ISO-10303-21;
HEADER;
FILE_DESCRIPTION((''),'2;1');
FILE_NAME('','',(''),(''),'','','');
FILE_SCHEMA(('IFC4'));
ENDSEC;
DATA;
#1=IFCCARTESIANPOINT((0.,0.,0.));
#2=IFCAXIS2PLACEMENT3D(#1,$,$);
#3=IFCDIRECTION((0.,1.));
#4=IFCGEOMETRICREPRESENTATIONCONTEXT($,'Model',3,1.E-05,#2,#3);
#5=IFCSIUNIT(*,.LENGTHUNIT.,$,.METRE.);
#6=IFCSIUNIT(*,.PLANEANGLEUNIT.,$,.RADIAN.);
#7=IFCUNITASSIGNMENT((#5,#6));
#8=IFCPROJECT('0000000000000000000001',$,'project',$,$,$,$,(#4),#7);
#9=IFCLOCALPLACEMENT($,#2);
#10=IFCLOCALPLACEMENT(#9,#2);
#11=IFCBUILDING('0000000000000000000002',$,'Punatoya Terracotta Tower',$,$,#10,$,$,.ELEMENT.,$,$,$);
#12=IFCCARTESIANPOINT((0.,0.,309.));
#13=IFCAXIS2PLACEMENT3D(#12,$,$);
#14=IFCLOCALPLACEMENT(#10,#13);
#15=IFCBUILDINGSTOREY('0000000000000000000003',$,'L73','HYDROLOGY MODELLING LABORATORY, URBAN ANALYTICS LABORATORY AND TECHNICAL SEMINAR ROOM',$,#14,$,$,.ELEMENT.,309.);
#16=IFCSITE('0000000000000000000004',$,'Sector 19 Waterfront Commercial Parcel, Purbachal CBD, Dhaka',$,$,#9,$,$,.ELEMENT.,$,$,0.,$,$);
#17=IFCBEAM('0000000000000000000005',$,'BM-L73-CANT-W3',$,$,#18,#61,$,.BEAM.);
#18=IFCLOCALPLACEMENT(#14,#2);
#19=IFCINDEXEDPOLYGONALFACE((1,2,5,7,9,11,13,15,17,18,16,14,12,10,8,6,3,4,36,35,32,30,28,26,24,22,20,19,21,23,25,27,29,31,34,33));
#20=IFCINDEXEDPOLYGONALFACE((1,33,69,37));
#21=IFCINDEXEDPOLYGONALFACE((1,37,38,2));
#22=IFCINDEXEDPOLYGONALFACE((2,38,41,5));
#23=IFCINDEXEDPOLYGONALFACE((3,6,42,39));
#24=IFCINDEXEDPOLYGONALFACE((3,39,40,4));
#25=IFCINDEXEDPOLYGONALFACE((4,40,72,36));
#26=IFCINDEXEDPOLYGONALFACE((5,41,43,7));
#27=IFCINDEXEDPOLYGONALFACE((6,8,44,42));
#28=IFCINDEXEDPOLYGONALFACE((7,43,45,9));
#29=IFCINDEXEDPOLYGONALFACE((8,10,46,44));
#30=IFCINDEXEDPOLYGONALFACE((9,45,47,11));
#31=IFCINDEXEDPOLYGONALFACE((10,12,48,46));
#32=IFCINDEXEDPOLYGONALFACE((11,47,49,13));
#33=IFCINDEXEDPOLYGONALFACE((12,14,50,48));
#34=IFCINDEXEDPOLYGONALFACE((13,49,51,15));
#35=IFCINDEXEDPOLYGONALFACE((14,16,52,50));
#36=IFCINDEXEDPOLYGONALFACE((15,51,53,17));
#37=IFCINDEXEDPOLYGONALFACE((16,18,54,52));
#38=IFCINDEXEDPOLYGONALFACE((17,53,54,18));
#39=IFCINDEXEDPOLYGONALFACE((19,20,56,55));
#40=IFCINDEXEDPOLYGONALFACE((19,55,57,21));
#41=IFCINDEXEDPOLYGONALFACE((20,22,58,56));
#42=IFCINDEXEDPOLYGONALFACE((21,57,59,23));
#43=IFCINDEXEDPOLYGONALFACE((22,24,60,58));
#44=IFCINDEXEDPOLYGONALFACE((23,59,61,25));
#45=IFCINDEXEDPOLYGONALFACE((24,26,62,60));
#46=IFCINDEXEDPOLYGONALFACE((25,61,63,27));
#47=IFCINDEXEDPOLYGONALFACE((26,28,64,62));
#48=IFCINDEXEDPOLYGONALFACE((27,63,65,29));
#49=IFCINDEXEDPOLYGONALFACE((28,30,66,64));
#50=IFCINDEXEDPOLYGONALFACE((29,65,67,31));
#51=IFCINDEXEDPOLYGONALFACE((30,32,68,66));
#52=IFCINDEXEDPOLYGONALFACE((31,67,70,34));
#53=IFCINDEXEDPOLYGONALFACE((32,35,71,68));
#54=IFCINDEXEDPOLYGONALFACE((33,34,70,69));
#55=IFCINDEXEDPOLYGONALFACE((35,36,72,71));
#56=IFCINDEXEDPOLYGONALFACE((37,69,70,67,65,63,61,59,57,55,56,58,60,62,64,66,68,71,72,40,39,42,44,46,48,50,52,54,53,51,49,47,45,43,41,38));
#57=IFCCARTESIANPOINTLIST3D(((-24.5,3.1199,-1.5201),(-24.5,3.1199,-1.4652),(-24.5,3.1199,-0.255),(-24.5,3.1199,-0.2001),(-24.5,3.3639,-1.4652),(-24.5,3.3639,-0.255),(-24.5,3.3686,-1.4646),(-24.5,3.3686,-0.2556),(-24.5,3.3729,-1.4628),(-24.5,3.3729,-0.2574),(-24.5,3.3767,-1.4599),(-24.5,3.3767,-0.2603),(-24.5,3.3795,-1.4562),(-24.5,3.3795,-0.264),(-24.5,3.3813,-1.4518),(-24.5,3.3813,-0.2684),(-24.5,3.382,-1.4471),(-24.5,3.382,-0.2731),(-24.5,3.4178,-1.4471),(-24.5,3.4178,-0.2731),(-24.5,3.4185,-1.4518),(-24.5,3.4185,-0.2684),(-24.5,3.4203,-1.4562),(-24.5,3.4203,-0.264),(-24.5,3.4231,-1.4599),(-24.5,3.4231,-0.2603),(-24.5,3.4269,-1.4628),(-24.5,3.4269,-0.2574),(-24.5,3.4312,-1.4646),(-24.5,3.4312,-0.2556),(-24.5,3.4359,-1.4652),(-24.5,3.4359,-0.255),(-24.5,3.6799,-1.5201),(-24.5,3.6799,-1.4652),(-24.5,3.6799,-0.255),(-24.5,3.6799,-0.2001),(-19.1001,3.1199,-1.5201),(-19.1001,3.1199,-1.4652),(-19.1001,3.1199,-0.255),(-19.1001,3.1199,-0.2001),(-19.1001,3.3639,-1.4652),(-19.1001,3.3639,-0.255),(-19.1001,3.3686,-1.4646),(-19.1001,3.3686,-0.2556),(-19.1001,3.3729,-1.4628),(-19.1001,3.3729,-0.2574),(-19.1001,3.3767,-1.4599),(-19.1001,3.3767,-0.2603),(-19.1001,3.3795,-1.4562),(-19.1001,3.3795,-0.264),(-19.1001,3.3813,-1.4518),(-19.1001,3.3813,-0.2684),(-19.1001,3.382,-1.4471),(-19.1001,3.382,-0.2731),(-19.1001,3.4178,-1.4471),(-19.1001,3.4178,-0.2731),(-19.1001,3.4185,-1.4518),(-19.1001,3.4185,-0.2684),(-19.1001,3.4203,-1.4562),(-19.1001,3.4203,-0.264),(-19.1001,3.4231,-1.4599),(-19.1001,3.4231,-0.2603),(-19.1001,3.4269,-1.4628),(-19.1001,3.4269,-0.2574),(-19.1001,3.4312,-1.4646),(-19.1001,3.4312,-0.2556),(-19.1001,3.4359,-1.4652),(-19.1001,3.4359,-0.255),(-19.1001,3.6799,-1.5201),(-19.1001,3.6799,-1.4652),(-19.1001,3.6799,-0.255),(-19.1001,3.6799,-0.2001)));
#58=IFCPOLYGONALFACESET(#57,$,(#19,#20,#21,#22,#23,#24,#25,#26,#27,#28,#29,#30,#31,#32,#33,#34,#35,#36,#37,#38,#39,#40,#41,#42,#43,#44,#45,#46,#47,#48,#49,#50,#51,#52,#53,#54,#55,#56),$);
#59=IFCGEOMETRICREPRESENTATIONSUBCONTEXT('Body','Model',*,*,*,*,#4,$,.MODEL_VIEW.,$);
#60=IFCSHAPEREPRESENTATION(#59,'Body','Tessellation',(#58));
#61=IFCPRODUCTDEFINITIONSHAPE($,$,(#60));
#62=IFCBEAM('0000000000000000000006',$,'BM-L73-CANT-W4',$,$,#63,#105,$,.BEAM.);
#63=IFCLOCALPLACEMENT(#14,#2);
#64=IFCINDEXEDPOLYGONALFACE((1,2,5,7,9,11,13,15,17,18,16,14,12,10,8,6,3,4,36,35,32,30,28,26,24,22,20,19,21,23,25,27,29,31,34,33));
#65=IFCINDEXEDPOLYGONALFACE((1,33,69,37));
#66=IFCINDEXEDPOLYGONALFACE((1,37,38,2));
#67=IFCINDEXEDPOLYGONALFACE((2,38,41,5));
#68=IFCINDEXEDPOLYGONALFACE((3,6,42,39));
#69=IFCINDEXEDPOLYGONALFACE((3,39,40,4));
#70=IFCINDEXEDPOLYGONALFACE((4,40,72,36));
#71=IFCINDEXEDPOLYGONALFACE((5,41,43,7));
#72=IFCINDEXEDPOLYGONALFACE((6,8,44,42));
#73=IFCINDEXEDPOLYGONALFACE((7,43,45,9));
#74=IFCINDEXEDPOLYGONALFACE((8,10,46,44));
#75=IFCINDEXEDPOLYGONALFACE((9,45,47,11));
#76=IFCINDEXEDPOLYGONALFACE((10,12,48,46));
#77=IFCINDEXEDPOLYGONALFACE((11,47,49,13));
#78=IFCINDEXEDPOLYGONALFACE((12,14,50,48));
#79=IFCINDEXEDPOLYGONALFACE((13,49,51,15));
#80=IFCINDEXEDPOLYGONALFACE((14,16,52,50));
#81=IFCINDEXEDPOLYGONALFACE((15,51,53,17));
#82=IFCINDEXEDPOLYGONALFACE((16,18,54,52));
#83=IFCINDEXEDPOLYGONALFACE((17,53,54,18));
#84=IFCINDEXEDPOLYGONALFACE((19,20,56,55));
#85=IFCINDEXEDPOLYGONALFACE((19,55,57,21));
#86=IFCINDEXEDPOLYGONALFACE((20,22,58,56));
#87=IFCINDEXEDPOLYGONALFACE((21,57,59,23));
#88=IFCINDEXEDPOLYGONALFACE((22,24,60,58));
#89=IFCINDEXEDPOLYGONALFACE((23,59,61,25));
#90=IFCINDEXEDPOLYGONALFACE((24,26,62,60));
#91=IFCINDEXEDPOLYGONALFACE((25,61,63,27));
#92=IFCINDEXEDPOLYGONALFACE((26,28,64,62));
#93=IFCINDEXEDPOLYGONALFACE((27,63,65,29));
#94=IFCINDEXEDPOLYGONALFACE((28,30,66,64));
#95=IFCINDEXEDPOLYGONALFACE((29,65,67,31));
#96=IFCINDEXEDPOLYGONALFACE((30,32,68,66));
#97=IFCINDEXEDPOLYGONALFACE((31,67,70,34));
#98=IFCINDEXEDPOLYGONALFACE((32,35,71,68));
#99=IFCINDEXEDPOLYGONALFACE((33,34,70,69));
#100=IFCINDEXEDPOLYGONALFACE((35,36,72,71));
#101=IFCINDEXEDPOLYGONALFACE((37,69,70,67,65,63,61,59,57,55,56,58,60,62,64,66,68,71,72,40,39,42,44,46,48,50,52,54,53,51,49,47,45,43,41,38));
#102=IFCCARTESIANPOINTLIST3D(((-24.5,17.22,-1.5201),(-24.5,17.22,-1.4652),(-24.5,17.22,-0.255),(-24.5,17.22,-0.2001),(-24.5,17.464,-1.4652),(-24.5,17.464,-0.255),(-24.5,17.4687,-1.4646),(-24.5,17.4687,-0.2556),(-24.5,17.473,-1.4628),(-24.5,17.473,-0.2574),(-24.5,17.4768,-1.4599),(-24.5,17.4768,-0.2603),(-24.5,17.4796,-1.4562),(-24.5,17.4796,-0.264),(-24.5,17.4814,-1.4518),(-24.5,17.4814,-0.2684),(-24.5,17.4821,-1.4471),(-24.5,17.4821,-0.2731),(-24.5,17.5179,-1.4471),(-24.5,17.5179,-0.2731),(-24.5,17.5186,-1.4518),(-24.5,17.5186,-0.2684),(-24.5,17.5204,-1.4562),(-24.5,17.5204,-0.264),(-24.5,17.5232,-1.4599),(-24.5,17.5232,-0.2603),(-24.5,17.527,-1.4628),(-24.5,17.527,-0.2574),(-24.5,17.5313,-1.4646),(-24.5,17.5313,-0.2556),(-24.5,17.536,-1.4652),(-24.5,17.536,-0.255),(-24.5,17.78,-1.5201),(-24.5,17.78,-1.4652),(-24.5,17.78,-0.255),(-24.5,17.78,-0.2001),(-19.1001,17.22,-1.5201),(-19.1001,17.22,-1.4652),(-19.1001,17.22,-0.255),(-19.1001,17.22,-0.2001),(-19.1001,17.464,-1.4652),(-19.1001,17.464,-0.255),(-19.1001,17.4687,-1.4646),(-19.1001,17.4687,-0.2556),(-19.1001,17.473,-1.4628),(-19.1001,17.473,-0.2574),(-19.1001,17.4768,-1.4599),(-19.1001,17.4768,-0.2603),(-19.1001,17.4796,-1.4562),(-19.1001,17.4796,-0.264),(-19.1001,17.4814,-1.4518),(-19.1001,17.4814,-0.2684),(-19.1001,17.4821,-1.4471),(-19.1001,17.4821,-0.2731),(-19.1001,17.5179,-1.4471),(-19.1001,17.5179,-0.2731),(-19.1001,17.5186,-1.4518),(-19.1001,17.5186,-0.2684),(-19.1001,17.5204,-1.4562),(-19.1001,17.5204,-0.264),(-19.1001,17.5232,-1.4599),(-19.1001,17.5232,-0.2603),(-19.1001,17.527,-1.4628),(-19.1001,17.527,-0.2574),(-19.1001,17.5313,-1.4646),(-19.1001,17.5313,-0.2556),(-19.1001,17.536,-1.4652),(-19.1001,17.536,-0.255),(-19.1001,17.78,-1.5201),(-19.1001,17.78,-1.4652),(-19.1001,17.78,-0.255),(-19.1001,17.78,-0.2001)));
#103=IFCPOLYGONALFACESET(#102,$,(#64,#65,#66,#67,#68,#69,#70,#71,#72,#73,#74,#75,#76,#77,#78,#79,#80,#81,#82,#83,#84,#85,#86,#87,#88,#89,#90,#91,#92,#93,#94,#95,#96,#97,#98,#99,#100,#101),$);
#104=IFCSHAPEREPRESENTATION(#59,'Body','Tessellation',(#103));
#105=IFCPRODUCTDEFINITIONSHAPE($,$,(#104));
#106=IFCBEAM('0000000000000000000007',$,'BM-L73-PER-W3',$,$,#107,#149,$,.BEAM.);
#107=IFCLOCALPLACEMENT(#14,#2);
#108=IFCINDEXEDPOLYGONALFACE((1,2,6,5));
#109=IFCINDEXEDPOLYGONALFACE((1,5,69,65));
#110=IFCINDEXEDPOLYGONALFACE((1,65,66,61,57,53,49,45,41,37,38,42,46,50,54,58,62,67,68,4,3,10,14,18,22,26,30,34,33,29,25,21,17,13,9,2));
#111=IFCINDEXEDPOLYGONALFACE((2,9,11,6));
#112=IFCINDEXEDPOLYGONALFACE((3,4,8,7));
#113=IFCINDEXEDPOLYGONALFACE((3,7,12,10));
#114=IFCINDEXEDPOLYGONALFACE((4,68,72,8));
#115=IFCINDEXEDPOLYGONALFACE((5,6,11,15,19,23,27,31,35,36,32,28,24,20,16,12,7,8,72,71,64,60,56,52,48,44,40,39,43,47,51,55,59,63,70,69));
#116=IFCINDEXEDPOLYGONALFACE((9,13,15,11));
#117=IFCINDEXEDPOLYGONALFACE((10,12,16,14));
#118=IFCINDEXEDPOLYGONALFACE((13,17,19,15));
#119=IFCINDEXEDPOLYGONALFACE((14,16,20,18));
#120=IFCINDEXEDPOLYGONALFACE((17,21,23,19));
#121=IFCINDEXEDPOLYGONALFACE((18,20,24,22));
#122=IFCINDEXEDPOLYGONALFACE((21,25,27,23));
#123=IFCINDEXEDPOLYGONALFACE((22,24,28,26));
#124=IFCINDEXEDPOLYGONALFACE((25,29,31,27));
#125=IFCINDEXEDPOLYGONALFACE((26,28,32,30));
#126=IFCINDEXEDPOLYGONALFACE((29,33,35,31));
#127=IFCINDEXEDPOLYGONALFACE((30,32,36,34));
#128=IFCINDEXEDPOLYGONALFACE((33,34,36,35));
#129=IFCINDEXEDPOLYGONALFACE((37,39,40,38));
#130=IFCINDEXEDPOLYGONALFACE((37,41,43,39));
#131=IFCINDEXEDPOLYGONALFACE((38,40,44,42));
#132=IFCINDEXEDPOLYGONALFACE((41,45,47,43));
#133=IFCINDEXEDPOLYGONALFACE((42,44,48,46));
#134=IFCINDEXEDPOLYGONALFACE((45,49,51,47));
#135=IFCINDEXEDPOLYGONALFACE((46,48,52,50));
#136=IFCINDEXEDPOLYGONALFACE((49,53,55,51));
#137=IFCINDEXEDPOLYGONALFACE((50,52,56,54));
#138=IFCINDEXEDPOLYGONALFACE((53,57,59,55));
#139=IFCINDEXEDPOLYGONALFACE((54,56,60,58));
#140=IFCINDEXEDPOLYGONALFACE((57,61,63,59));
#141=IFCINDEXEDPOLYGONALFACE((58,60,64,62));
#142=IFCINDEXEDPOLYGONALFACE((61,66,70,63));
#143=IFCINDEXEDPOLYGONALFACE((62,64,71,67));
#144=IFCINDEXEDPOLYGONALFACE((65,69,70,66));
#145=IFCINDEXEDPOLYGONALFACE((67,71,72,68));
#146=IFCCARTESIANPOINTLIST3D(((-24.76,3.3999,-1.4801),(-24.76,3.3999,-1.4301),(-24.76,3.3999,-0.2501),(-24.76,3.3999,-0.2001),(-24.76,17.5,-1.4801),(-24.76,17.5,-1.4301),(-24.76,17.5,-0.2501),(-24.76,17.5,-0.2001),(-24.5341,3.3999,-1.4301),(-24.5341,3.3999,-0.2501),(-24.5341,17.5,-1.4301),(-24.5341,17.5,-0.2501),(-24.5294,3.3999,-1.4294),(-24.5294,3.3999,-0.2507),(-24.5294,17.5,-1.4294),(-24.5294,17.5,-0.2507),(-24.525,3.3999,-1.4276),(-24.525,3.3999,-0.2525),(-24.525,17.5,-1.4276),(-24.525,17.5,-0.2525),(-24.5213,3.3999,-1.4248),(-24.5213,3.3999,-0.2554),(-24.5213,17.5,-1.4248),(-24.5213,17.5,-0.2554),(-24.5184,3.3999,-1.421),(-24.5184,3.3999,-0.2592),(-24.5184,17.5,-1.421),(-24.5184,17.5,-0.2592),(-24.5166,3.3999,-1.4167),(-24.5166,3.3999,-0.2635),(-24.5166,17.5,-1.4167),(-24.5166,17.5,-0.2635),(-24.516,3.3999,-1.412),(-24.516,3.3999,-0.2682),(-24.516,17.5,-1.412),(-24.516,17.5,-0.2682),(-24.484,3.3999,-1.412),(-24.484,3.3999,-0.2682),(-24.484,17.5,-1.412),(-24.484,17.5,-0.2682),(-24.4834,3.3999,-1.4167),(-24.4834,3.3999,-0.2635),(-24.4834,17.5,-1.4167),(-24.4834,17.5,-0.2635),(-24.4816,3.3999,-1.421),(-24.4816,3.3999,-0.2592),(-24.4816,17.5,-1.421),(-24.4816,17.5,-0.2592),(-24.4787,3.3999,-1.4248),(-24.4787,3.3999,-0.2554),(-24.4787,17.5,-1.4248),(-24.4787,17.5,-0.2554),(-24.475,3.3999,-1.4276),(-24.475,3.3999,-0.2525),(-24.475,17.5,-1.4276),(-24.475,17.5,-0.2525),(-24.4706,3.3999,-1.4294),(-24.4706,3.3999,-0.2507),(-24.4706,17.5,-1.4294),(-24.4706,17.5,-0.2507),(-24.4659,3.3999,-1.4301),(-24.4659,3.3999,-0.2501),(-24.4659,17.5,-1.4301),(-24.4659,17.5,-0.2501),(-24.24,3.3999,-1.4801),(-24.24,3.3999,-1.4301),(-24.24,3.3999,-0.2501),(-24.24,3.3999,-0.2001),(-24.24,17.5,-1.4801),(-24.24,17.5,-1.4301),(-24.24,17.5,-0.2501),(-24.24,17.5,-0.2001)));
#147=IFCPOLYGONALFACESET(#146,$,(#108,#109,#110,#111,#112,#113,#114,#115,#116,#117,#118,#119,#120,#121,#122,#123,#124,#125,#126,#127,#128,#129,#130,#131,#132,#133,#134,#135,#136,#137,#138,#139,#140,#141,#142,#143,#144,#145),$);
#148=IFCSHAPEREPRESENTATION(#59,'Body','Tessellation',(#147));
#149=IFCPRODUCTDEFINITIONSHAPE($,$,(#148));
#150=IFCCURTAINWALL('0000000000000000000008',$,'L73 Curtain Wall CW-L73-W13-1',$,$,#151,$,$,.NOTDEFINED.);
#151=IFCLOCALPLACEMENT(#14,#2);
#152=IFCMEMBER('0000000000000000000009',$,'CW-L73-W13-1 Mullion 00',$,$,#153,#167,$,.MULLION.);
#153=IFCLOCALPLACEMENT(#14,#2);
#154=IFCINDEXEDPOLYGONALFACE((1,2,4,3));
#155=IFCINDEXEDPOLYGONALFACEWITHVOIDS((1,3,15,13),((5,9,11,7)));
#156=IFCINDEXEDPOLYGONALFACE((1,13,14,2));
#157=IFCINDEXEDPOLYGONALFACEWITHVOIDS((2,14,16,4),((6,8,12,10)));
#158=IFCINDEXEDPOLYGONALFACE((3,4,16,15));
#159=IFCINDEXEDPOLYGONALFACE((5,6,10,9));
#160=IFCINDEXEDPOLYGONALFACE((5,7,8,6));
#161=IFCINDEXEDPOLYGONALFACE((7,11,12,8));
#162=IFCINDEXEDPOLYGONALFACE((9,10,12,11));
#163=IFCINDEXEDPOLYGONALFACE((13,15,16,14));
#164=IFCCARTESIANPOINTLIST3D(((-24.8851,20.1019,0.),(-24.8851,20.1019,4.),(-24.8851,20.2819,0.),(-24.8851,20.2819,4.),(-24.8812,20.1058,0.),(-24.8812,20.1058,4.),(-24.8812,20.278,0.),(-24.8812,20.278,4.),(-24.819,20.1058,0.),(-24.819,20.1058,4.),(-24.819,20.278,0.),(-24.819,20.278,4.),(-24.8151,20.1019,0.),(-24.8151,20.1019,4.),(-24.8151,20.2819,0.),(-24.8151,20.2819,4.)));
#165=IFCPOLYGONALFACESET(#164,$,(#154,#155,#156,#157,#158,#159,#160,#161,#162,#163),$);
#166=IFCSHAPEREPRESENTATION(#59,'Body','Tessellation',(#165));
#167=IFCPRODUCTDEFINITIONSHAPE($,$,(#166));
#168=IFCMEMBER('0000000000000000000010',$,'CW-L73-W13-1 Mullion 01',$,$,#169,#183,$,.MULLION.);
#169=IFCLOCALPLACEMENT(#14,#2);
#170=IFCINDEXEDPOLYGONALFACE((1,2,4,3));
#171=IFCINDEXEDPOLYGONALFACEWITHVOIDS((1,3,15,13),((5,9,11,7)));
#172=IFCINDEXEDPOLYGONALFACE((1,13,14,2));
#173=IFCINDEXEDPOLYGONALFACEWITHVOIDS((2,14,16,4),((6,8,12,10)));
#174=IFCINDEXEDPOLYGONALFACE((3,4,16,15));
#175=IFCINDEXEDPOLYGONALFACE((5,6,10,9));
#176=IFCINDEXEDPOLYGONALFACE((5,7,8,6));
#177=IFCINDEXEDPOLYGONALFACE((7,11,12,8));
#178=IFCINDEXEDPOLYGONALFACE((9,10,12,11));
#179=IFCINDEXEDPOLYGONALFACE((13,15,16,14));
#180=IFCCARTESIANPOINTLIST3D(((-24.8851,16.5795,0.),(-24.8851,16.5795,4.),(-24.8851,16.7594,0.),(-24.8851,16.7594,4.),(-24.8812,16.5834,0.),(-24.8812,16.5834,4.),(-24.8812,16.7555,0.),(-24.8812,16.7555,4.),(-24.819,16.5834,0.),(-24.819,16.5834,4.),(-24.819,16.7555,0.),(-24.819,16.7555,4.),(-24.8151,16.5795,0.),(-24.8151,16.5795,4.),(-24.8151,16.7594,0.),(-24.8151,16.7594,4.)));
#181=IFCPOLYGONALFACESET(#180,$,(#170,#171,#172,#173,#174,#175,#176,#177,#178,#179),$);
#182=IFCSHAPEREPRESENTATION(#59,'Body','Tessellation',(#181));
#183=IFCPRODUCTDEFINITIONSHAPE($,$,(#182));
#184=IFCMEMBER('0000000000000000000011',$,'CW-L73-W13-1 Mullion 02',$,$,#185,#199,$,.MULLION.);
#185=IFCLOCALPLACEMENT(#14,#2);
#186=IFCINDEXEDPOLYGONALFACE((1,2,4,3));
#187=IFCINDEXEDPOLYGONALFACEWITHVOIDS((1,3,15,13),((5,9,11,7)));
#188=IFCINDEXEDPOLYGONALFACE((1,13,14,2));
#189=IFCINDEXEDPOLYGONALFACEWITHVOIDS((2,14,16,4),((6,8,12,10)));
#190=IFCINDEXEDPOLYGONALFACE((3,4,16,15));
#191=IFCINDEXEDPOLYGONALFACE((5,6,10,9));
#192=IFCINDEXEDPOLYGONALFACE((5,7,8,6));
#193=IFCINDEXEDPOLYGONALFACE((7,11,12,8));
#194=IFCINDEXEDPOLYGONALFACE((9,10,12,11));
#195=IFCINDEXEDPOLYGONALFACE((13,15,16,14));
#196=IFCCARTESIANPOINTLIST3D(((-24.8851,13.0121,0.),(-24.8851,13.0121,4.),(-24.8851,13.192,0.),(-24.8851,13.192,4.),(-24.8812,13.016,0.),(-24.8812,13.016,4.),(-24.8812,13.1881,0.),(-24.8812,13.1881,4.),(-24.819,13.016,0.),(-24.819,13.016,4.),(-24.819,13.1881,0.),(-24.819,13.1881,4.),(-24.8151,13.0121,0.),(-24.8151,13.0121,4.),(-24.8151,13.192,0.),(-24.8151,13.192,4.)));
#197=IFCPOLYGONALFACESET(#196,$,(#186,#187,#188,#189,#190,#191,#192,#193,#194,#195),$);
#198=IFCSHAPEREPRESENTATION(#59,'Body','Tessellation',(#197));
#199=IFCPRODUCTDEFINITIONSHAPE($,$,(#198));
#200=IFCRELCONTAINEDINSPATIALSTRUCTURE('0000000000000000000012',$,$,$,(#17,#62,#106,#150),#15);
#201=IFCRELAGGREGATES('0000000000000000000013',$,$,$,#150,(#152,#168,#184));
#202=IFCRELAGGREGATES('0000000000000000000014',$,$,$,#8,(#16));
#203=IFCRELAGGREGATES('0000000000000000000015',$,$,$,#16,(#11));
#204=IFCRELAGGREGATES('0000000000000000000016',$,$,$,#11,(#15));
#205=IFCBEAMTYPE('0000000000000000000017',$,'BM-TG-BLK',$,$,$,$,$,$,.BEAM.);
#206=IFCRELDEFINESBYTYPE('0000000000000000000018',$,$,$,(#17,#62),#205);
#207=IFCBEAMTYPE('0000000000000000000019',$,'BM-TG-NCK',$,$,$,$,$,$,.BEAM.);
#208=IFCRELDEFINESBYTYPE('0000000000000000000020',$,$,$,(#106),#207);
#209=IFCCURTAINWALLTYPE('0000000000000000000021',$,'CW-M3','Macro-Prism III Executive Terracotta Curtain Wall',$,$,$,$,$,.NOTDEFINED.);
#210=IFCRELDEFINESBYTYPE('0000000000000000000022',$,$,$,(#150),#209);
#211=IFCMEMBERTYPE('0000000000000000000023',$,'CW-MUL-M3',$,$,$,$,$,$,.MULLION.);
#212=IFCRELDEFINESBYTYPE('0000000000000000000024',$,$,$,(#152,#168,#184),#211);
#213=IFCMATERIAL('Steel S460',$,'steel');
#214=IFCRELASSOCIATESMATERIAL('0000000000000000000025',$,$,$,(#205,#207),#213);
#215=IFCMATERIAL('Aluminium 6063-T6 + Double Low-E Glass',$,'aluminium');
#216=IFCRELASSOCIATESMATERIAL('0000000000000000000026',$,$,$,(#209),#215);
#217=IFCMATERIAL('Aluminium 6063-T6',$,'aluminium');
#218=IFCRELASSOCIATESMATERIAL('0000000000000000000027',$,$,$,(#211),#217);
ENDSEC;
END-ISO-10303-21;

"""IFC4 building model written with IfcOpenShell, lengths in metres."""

from ifc_helpers import new_model, si_unit, direction, frame, origin, origin_2d, place, context, subcontext, project, spatial, hollow_rectangle, i_section, extrude, material, material_profile, profile_set, type_object, element, aggregate, save


model = new_model("IFC4")

# Units and contexts
model_context = context("Model", 3, precision=1e-05, world=origin(), true_north=direction((0.0, 1.0)))
body_context = subcontext(model_context, "Body", "Model", "MODEL_VIEW")
ifc_project = project(units=[si_unit("LENGTHUNIT", "METRE"), si_unit("PLANEANGLEUNIT", "RADIAN")], contexts=[model_context])

# Site, building, storey
site_placement = place(None, origin())
site = spatial("IfcSite", under=ifc_project, at=site_placement, Name="Sector 19 Waterfront Commercial Parcel, Purbachal CBD, Dhaka", CompositionType="ELEMENT", RefElevation=0.0)
building_placement = place(site_placement, origin())
building = spatial("IfcBuilding", under=site, at=building_placement, Name="Punatoya Terracotta Tower", CompositionType="ELEMENT")
storey_placement = place(building_placement, frame((0.0, 0.0, 309.0)))
storey = spatial("IfcBuildingStorey", under=building, at=storey_placement, Name="L73", Description="HYDROLOGY MODELLING LABORATORY, URBAN ANALYTICS LABORATORY AND TECHNICAL SEMINAR ROOM", CompositionType="ELEMENT", Elevation=309.0)

# Shared definitions
ifc_material_1 = material(Name="Steel S460", Category="steel")

# Beams
ifc_material_profile_1 = material_profile(ifc_material_1, i_section(OverallWidth=0.5601, OverallDepth=1.3201, WebThickness=0.0359, FlangeThickness=0.0549, FilletRadius=0.0181, at=origin_2d()))
ifc_profile_set_1 = profile_set([ifc_material_profile_1], Name="Steel S460")
beam_type_1 = type_object("IfcBeamType", Name="BM-TG-BLK", PredefinedType="BEAM", material=ifc_profile_set_1)
for number, where, z_axis, x_axis, name in (
    (1, (-24.5, 3.3999, -0.8601), (1.0, 0.0, 0.0), (0.0, 1.0, 0.0), "BM-L73-CANT-W3"),
    (2, (-24.5, 17.5, -0.8601), (1.0, 0.0, 0.0), (0.0, 1.0, 0.0), "BM-L73-CANT-W4"),
):
    element("IfcBeam", number, at=place(storey_placement, frame(where, z_axis=z_axis, x_axis=x_axis)), inside=storey, type_object=beam_type_1, Name=name, PredefinedType="BEAM", context=body_context, shape_type="SweptSolid", body=[
        extrude(i_section(OverallWidth=0.5601, OverallDepth=1.3201, WebThickness=0.0359, FlangeThickness=0.0549, FilletRadius=0.0181, at=origin_2d()), origin(), (0.0, 0.0, 1.0), 5.3999),
    ])
ifc_material_profile_2 = material_profile(ifc_material_1, i_section(OverallWidth=0.52, OverallDepth=1.28, WebThickness=0.032, FlangeThickness=0.05, FilletRadius=0.0181, at=origin_2d()))
ifc_profile_set_2 = profile_set([ifc_material_profile_2], Name="Steel S460")
beam_type_2 = type_object("IfcBeamType", Name="BM-TG-NCK", PredefinedType="BEAM", material=ifc_profile_set_2)
beam_1_placement = place(storey_placement, frame((-24.5, 3.3999, -0.8401), z_axis=(0.0, 1.0, 0.0), x_axis=(-1.0, 0.0, 0.0)))
element("IfcBeam", 3, at=beam_1_placement, inside=storey, type_object=beam_type_2, Name="BM-L73-PER-W3", PredefinedType="BEAM", context=body_context, shape_type="SweptSolid", body=[
    extrude(i_section(OverallWidth=0.52, OverallDepth=1.28, WebThickness=0.032, FlangeThickness=0.05, FilletRadius=0.0181, at=origin_2d()), origin(), (0.0, 0.0, 1.0), 14.1001),
])

# Curtain wall, members
ifc_material_2 = material(Name="Aluminium 6063-T6 + Double Low-E Glass", Category="aluminium")
curtain_wall_type = type_object("IfcCurtainWallType", Name="CW-M3", Description="Macro-Prism III Executive Terracotta Curtain Wall", PredefinedType="NOTDEFINED", material=ifc_material_2)
curtain_wall_placement = place(storey_placement, origin())
curtain_wall = element("IfcCurtainWall", 4, at=curtain_wall_placement, inside=storey, type_object=curtain_wall_type, Name="L73 Curtain Wall CW-L73-W13-1", PredefinedType="NOTDEFINED")
ifc_material_3 = material(Name="Aluminium 6063-T6", Category="aluminium")
ifc_material_profile_3 = material_profile(ifc_material_3, hollow_rectangle(XDim=0.0701, YDim=0.1799, WallThickness=0.0039, at=origin_2d()))
ifc_profile_set_3 = profile_set([ifc_material_profile_3], Name="Aluminium 6063-T6")
member_type_1 = type_object("IfcMemberType", Name="CW-MUL-M3", PredefinedType="MULLION", material=ifc_profile_set_3)
member_1_placement = place(storey_placement, frame((-24.8501, 20.1919, 0.0), z_axis=(0.0, 0.0, 1.0), x_axis=(1.0, 0.0, 0.0)))
member_1 = element("IfcMember", 5, at=member_1_placement, type_object=member_type_1, Name="CW-L73-W13-1 Mullion 00", PredefinedType="MULLION", context=body_context, shape_type="SweptSolid", body=[
    extrude(hollow_rectangle(XDim=0.0701, YDim=0.1799, WallThickness=0.0039, at=origin_2d()), origin(), (0.0, 0.0, 1.0), 4.0),
])
member_2_placement = place(storey_placement, frame((-24.8501, 16.6694, 0.0), z_axis=(0.0, 0.0, 1.0), x_axis=(1.0, 0.0, 0.0)))
member_2 = element("IfcMember", 6, at=member_2_placement, type_object=member_type_1, Name="CW-L73-W13-1 Mullion 01", PredefinedType="MULLION", context=body_context, shape_type="SweptSolid", body=[
    extrude(hollow_rectangle(XDim=0.0701, YDim=0.1799, WallThickness=0.0039, at=origin_2d()), origin(), (0.0, 0.0, 1.0), 4.0),
])
member_3_placement = place(storey_placement, frame((-24.8501, 13.1021, 0.0), z_axis=(0.0, 0.0, 1.0), x_axis=(1.0, 0.0, 0.0)))
member_3 = element("IfcMember", 7, at=member_3_placement, type_object=member_type_1, Name="CW-L73-W13-1 Mullion 02", PredefinedType="MULLION", context=body_context, shape_type="SweptSolid", body=[
    extrude(hollow_rectangle(XDim=0.0701, YDim=0.1799, WallThickness=0.0039, at=origin_2d()), origin(), (0.0, 0.0, 1.0), 4.0),
])
aggregate(curtain_wall, [member_1, member_2, member_3])

save(model, "model.ifc")
